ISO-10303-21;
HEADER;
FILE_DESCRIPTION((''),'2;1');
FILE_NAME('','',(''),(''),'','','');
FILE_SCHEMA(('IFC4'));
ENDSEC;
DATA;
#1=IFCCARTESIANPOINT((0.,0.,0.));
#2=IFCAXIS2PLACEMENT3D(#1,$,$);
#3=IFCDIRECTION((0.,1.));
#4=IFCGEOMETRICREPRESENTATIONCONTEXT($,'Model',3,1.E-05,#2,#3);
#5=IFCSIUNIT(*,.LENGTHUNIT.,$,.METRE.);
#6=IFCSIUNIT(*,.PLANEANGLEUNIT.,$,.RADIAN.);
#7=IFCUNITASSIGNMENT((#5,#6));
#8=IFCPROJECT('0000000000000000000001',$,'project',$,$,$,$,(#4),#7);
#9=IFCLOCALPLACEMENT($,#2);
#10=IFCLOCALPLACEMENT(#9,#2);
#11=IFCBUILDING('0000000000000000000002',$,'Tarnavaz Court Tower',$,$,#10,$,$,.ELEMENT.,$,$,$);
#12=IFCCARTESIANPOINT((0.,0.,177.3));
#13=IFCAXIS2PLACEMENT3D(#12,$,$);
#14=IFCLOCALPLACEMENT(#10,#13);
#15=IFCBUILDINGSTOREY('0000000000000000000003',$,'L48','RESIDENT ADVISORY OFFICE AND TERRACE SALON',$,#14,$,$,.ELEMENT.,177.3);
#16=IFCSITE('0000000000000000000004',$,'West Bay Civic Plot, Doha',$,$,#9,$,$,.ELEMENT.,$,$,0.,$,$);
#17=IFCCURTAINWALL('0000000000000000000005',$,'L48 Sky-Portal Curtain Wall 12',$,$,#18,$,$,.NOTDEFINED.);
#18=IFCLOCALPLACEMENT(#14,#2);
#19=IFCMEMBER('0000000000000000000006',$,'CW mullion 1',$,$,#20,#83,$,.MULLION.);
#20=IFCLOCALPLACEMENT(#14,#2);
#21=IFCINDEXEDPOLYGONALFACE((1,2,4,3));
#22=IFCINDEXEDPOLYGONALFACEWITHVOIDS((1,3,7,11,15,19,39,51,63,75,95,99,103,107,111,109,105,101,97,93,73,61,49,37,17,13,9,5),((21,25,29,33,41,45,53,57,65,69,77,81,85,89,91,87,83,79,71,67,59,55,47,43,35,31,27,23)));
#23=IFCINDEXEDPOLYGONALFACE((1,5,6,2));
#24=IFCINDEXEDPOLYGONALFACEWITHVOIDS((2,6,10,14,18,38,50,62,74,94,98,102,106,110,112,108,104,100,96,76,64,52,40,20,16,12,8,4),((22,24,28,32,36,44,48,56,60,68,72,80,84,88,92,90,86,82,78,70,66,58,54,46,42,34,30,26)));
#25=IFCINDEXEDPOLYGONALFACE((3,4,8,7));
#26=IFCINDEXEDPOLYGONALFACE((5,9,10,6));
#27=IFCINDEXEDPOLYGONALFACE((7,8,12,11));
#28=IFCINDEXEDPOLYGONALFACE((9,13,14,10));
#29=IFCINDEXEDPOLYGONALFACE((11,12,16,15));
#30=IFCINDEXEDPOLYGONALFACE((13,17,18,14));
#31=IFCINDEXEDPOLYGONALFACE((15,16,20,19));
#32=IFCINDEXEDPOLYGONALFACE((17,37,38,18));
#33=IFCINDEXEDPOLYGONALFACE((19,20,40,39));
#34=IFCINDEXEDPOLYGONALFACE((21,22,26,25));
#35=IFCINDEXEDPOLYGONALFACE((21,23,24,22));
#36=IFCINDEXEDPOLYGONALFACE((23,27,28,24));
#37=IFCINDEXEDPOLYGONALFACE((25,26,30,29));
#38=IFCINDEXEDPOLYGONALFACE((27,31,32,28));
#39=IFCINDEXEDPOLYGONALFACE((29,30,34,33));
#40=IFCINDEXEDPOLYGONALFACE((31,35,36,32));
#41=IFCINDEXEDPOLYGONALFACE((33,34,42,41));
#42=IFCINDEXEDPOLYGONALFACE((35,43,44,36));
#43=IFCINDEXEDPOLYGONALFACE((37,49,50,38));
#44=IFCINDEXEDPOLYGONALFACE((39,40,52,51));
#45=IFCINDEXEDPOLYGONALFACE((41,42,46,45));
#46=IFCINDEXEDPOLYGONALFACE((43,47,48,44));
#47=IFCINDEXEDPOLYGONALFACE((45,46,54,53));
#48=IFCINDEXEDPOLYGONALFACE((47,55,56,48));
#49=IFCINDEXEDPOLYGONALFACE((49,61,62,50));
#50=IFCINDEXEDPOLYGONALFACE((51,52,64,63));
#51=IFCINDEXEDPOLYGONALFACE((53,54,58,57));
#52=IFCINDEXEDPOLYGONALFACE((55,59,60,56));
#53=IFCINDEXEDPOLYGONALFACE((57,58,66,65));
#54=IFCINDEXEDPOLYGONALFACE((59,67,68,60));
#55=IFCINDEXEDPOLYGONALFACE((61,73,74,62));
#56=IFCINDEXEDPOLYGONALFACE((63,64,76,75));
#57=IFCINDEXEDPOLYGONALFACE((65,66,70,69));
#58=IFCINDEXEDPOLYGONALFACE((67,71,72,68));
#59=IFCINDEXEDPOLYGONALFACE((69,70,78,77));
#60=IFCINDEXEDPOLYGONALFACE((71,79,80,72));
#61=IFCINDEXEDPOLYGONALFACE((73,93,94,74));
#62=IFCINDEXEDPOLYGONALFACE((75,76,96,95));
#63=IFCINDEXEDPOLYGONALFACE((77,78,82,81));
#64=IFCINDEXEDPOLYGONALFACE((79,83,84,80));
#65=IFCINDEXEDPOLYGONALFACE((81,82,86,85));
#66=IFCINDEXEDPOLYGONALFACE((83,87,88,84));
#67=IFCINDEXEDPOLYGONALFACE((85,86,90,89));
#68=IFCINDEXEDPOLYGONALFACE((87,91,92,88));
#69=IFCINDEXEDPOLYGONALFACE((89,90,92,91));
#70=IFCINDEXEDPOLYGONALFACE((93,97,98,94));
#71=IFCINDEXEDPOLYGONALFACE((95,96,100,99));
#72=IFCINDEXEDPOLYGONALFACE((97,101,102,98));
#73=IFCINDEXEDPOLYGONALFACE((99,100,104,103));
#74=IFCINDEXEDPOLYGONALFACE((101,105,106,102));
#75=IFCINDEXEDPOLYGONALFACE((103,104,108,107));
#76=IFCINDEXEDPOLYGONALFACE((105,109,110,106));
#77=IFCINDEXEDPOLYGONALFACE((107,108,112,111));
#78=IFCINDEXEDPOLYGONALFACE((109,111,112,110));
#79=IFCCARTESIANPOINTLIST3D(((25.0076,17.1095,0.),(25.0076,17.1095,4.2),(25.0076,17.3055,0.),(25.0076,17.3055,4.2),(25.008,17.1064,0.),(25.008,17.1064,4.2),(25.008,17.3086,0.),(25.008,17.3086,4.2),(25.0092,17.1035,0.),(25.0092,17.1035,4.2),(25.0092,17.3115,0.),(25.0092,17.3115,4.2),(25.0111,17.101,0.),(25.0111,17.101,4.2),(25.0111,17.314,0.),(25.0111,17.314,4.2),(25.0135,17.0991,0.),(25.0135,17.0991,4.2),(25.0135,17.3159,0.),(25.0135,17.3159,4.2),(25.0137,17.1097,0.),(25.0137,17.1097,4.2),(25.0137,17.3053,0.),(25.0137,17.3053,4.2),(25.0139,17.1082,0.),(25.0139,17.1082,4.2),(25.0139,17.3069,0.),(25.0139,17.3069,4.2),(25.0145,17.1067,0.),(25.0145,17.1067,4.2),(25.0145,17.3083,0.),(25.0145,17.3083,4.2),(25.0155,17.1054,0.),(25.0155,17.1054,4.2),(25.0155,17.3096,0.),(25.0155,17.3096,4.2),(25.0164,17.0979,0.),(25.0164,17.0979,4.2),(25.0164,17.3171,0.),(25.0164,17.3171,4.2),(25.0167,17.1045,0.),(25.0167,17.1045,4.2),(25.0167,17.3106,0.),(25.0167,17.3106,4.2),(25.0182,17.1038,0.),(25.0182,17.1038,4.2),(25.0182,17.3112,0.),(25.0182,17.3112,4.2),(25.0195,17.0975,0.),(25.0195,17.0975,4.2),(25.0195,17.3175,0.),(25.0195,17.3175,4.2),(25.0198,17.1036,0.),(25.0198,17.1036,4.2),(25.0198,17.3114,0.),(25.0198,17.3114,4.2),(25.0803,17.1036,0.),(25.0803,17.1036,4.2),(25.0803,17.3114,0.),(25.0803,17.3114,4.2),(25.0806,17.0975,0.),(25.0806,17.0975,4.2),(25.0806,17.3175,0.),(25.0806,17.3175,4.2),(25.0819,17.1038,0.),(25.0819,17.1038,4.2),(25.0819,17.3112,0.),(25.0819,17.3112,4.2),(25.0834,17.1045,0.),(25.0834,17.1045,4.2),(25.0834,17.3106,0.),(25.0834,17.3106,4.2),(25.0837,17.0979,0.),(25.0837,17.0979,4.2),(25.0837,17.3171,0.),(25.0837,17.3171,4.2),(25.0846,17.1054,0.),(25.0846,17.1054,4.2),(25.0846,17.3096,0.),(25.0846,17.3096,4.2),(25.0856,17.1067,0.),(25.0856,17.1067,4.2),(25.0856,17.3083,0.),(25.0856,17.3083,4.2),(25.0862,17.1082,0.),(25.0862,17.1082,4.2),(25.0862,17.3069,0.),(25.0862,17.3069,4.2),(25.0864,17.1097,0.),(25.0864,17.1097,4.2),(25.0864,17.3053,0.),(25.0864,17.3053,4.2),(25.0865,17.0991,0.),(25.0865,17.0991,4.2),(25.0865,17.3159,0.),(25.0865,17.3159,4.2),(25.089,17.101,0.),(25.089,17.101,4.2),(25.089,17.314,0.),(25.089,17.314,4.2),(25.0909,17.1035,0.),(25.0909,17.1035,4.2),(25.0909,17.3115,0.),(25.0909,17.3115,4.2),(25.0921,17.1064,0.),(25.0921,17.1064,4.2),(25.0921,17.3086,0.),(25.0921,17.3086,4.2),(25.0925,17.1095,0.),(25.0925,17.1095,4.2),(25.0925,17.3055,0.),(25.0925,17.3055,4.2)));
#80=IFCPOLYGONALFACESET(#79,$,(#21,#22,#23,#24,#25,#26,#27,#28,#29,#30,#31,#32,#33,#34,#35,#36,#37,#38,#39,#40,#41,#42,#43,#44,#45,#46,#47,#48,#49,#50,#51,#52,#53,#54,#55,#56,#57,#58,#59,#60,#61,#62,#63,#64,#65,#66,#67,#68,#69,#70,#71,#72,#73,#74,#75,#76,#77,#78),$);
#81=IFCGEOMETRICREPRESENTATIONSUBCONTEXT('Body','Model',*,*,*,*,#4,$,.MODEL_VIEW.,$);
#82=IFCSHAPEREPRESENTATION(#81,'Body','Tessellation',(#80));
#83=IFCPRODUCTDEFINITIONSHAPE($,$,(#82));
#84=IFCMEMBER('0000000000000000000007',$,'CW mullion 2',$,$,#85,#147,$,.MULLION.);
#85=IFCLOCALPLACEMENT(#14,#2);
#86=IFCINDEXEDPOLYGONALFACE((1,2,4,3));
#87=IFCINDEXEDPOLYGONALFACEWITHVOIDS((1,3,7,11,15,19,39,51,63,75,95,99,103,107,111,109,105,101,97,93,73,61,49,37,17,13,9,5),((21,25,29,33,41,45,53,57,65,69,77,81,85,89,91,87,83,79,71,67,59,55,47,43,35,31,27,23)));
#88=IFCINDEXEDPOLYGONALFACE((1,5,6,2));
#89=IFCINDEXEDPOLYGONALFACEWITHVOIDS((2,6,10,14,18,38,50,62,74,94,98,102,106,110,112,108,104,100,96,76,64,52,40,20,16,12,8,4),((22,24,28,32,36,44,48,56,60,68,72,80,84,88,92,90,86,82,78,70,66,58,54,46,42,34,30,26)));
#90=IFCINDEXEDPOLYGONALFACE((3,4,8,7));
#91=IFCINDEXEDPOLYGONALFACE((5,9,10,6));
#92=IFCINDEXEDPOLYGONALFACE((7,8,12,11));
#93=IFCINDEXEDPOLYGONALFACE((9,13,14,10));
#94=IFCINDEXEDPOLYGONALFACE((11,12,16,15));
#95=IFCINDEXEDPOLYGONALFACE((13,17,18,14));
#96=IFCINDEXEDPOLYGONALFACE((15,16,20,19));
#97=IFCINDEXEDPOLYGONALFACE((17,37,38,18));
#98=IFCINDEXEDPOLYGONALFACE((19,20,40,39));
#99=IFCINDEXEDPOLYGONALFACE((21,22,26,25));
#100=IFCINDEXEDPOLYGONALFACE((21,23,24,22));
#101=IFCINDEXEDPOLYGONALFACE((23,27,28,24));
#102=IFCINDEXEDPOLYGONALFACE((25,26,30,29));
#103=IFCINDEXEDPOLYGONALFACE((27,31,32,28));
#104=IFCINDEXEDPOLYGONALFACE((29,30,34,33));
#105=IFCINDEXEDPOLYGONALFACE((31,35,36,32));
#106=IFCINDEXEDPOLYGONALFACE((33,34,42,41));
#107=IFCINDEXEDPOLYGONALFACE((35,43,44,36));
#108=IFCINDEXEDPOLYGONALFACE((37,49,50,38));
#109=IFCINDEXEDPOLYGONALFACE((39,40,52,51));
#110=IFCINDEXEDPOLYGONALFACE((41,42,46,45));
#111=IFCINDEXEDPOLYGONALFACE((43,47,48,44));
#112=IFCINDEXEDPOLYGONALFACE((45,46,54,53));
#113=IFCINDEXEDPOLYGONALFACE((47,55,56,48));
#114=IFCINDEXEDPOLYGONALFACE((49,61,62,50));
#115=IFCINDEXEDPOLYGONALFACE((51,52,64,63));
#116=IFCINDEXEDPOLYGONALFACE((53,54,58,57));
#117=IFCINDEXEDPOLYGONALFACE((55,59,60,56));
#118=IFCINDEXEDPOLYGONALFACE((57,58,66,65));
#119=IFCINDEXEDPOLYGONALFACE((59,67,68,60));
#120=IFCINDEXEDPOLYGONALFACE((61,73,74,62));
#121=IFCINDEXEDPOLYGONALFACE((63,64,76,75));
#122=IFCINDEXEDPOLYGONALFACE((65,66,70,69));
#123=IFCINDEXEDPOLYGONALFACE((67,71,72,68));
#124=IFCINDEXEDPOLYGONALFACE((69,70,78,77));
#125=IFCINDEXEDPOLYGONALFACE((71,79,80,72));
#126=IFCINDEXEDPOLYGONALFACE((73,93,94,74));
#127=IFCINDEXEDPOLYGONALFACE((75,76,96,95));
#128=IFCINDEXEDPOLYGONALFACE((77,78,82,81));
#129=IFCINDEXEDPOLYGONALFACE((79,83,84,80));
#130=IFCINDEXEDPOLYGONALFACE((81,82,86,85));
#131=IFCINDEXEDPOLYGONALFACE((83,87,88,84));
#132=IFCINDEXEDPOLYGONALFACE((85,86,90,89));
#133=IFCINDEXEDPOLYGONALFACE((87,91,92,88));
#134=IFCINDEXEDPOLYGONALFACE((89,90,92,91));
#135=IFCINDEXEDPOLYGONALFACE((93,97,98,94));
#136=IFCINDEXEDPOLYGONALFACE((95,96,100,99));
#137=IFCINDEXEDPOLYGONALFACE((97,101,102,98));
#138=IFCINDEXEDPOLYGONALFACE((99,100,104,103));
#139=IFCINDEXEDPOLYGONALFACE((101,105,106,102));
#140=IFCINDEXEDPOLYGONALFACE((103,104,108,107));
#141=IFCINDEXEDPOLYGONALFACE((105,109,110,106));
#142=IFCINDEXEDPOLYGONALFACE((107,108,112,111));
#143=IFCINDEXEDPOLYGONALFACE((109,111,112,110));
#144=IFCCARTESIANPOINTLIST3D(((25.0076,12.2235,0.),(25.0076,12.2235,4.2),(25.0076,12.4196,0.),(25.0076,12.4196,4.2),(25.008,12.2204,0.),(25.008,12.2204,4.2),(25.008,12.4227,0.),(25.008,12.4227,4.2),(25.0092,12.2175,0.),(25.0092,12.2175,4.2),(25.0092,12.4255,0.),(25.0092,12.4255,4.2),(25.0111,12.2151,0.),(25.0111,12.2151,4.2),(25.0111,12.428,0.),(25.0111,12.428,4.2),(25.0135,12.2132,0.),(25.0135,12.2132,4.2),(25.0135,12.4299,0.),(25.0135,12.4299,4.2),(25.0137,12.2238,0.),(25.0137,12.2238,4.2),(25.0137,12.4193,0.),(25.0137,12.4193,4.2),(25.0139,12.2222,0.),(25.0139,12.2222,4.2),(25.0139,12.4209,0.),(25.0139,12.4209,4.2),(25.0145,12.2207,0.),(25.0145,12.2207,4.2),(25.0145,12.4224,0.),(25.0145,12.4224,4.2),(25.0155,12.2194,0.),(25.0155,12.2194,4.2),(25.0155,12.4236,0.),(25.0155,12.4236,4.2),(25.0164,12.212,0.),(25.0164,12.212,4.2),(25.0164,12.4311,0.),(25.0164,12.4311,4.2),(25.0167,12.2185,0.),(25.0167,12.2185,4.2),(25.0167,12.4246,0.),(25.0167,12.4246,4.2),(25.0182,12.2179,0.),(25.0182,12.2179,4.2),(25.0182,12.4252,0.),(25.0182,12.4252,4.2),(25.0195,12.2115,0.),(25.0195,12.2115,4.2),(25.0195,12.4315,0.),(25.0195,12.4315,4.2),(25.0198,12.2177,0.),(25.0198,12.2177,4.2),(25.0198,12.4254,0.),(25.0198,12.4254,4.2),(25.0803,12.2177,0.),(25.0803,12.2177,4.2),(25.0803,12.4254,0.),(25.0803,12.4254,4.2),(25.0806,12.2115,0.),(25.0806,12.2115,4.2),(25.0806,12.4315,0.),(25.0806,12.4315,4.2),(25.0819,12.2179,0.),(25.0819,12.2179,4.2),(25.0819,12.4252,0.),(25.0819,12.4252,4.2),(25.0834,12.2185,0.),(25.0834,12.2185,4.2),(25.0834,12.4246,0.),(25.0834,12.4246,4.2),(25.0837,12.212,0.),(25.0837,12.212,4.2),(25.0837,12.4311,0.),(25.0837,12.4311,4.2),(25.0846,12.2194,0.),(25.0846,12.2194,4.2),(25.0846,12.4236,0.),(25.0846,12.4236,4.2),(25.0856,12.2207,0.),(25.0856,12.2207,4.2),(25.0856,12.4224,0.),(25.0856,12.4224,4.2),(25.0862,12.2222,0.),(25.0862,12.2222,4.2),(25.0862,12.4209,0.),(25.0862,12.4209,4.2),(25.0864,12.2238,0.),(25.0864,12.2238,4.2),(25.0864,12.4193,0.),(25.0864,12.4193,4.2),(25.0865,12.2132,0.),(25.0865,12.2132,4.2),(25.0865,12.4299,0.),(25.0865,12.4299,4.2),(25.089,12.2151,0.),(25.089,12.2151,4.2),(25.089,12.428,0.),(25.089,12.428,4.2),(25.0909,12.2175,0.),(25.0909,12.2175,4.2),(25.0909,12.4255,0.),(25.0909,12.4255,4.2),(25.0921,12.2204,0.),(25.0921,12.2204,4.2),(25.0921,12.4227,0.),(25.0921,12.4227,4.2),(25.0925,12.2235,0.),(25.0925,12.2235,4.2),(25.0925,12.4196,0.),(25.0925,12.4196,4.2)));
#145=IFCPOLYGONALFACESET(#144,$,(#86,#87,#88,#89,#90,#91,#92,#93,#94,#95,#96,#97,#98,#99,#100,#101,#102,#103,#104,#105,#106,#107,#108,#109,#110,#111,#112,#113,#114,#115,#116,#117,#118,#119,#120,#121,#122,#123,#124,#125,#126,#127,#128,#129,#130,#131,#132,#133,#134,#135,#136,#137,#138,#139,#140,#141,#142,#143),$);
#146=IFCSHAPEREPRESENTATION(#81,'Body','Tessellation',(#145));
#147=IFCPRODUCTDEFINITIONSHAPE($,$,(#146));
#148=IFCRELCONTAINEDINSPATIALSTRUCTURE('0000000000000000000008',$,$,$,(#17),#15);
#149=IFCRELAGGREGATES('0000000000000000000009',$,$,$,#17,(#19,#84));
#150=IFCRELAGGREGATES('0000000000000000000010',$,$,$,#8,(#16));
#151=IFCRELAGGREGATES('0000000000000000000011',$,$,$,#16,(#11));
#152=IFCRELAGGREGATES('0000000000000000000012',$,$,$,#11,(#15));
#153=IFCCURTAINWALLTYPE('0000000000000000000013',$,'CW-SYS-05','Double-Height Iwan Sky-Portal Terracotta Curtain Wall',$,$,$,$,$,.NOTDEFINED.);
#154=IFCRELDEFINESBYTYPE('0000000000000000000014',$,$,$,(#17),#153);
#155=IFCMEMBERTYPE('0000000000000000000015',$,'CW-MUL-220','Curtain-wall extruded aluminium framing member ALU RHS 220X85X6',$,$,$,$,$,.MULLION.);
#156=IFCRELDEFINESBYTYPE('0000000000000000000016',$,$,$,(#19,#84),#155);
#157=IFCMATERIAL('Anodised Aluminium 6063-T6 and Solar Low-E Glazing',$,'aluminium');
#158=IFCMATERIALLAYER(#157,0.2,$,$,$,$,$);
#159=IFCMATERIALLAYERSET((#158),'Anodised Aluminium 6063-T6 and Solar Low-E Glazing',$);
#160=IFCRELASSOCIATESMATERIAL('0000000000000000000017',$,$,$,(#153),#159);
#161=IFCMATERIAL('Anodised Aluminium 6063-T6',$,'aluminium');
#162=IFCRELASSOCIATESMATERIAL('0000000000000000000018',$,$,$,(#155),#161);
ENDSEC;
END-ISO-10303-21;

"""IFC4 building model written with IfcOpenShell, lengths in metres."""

from ifc_helpers import new_model, si_unit, direction, frame, origin, origin_2d, place, context, subcontext, project, spatial, hollow_rectangle, extrude, material, layer, layer_set, material_profile, profile_set, type_object, element, aggregate, save


model = new_model("IFC4")

# Units and contexts
model_context = context("Model", 3, precision=1e-05, world=origin(), true_north=direction((0.0, 1.0)))
body_context = subcontext(model_context, "Body", "Model", "MODEL_VIEW")
ifc_project = project(units=[si_unit("LENGTHUNIT", "METRE"), si_unit("PLANEANGLEUNIT", "RADIAN")], contexts=[model_context])

# Site, building, storey
site_placement = place(None, origin())
site = spatial("IfcSite", under=ifc_project, at=site_placement, Name="West Bay Civic Plot, Doha", CompositionType="ELEMENT", RefElevation=0.0)
building_placement = place(site_placement, origin())
building = spatial("IfcBuilding", under=site, at=building_placement, Name="Tarnavaz Court Tower", CompositionType="ELEMENT")
storey_placement = place(building_placement, frame((0.0, 0.0, 177.3)))
storey = spatial("IfcBuildingStorey", under=building, at=storey_placement, Name="L48", Description="RESIDENT ADVISORY OFFICE AND TERRACE SALON", CompositionType="ELEMENT", Elevation=177.3)

# Curtain wall, members
ifc_material_1 = material(Name="Anodised Aluminium 6063-T6 and Solar Low-E Glazing", Category="aluminium")
ifc_layer_1 = layer(ifc_material_1, 0.2)
ifc_layer_set_1 = layer_set([ifc_layer_1], Name="Anodised Aluminium 6063-T6 and Solar Low-E Glazing")
curtain_wall_type = type_object("IfcCurtainWallType", Name="CW-SYS-05", Description="Double-Height Iwan Sky-Portal Terracotta Curtain Wall", PredefinedType="NOTDEFINED", material=ifc_layer_set_1)
curtain_wall_placement = place(storey_placement, origin())
curtain_wall = element("IfcCurtainWall", 1, at=curtain_wall_placement, inside=storey, type_object=curtain_wall_type, Name="L48 Sky-Portal Curtain Wall 12", PredefinedType="NOTDEFINED")
ifc_material_2 = material(Name="Anodised Aluminium 6063-T6", Category="aluminium")
ifc_material_profile_1 = material_profile(ifc_material_2, hollow_rectangle(XDim=0.085, YDim=0.22, WallThickness=0.0061, InnerFilletRadius=0.0061, OuterFilletRadius=0.012, at=origin_2d()), Name="ALU RHS 220X85X6")
ifc_profile_set_1 = profile_set([ifc_material_profile_1], Name="Anodised Aluminium 6063-T6")
member_type_1 = type_object("IfcMemberType", Name="CW-MUL-220", Description="Curtain-wall extruded aluminium framing member ALU RHS 220X85X6", PredefinedType="MULLION", material=ifc_profile_set_1)
member_1_placement = place(storey_placement, frame((25.05, 17.2075, 0.0), z_axis=(0.0, 0.0, 1.0), x_axis=(1.0, 0.0, 0.0)))
member_1 = element("IfcMember", 2, at=member_1_placement, type_object=member_type_1, Name="CW mullion 1", PredefinedType="MULLION", context=body_context, shape_type="SweptSolid", body=[
    extrude(hollow_rectangle(XDim=0.085, YDim=0.22, WallThickness=0.0061, InnerFilletRadius=0.0061, OuterFilletRadius=0.012, at=origin_2d()), origin(), (0.0, 0.0, 1.0), 4.2),
])
member_2_placement = place(storey_placement, frame((25.05, 12.3215, 0.0), z_axis=(0.0, 0.0, 1.0), x_axis=(1.0, 0.0, 0.0)))
member_2 = element("IfcMember", 3, at=member_2_placement, type_object=member_type_1, Name="CW mullion 2", PredefinedType="MULLION", context=body_context, shape_type="SweptSolid", body=[
    extrude(hollow_rectangle(XDim=0.085, YDim=0.22, WallThickness=0.0061, InnerFilletRadius=0.0061, OuterFilletRadius=0.012, at=origin_2d()), origin(), (0.0, 0.0, 1.0), 4.2),
])
aggregate(curtain_wall, [member_1, member_2])

save(model, "model.ifc")
